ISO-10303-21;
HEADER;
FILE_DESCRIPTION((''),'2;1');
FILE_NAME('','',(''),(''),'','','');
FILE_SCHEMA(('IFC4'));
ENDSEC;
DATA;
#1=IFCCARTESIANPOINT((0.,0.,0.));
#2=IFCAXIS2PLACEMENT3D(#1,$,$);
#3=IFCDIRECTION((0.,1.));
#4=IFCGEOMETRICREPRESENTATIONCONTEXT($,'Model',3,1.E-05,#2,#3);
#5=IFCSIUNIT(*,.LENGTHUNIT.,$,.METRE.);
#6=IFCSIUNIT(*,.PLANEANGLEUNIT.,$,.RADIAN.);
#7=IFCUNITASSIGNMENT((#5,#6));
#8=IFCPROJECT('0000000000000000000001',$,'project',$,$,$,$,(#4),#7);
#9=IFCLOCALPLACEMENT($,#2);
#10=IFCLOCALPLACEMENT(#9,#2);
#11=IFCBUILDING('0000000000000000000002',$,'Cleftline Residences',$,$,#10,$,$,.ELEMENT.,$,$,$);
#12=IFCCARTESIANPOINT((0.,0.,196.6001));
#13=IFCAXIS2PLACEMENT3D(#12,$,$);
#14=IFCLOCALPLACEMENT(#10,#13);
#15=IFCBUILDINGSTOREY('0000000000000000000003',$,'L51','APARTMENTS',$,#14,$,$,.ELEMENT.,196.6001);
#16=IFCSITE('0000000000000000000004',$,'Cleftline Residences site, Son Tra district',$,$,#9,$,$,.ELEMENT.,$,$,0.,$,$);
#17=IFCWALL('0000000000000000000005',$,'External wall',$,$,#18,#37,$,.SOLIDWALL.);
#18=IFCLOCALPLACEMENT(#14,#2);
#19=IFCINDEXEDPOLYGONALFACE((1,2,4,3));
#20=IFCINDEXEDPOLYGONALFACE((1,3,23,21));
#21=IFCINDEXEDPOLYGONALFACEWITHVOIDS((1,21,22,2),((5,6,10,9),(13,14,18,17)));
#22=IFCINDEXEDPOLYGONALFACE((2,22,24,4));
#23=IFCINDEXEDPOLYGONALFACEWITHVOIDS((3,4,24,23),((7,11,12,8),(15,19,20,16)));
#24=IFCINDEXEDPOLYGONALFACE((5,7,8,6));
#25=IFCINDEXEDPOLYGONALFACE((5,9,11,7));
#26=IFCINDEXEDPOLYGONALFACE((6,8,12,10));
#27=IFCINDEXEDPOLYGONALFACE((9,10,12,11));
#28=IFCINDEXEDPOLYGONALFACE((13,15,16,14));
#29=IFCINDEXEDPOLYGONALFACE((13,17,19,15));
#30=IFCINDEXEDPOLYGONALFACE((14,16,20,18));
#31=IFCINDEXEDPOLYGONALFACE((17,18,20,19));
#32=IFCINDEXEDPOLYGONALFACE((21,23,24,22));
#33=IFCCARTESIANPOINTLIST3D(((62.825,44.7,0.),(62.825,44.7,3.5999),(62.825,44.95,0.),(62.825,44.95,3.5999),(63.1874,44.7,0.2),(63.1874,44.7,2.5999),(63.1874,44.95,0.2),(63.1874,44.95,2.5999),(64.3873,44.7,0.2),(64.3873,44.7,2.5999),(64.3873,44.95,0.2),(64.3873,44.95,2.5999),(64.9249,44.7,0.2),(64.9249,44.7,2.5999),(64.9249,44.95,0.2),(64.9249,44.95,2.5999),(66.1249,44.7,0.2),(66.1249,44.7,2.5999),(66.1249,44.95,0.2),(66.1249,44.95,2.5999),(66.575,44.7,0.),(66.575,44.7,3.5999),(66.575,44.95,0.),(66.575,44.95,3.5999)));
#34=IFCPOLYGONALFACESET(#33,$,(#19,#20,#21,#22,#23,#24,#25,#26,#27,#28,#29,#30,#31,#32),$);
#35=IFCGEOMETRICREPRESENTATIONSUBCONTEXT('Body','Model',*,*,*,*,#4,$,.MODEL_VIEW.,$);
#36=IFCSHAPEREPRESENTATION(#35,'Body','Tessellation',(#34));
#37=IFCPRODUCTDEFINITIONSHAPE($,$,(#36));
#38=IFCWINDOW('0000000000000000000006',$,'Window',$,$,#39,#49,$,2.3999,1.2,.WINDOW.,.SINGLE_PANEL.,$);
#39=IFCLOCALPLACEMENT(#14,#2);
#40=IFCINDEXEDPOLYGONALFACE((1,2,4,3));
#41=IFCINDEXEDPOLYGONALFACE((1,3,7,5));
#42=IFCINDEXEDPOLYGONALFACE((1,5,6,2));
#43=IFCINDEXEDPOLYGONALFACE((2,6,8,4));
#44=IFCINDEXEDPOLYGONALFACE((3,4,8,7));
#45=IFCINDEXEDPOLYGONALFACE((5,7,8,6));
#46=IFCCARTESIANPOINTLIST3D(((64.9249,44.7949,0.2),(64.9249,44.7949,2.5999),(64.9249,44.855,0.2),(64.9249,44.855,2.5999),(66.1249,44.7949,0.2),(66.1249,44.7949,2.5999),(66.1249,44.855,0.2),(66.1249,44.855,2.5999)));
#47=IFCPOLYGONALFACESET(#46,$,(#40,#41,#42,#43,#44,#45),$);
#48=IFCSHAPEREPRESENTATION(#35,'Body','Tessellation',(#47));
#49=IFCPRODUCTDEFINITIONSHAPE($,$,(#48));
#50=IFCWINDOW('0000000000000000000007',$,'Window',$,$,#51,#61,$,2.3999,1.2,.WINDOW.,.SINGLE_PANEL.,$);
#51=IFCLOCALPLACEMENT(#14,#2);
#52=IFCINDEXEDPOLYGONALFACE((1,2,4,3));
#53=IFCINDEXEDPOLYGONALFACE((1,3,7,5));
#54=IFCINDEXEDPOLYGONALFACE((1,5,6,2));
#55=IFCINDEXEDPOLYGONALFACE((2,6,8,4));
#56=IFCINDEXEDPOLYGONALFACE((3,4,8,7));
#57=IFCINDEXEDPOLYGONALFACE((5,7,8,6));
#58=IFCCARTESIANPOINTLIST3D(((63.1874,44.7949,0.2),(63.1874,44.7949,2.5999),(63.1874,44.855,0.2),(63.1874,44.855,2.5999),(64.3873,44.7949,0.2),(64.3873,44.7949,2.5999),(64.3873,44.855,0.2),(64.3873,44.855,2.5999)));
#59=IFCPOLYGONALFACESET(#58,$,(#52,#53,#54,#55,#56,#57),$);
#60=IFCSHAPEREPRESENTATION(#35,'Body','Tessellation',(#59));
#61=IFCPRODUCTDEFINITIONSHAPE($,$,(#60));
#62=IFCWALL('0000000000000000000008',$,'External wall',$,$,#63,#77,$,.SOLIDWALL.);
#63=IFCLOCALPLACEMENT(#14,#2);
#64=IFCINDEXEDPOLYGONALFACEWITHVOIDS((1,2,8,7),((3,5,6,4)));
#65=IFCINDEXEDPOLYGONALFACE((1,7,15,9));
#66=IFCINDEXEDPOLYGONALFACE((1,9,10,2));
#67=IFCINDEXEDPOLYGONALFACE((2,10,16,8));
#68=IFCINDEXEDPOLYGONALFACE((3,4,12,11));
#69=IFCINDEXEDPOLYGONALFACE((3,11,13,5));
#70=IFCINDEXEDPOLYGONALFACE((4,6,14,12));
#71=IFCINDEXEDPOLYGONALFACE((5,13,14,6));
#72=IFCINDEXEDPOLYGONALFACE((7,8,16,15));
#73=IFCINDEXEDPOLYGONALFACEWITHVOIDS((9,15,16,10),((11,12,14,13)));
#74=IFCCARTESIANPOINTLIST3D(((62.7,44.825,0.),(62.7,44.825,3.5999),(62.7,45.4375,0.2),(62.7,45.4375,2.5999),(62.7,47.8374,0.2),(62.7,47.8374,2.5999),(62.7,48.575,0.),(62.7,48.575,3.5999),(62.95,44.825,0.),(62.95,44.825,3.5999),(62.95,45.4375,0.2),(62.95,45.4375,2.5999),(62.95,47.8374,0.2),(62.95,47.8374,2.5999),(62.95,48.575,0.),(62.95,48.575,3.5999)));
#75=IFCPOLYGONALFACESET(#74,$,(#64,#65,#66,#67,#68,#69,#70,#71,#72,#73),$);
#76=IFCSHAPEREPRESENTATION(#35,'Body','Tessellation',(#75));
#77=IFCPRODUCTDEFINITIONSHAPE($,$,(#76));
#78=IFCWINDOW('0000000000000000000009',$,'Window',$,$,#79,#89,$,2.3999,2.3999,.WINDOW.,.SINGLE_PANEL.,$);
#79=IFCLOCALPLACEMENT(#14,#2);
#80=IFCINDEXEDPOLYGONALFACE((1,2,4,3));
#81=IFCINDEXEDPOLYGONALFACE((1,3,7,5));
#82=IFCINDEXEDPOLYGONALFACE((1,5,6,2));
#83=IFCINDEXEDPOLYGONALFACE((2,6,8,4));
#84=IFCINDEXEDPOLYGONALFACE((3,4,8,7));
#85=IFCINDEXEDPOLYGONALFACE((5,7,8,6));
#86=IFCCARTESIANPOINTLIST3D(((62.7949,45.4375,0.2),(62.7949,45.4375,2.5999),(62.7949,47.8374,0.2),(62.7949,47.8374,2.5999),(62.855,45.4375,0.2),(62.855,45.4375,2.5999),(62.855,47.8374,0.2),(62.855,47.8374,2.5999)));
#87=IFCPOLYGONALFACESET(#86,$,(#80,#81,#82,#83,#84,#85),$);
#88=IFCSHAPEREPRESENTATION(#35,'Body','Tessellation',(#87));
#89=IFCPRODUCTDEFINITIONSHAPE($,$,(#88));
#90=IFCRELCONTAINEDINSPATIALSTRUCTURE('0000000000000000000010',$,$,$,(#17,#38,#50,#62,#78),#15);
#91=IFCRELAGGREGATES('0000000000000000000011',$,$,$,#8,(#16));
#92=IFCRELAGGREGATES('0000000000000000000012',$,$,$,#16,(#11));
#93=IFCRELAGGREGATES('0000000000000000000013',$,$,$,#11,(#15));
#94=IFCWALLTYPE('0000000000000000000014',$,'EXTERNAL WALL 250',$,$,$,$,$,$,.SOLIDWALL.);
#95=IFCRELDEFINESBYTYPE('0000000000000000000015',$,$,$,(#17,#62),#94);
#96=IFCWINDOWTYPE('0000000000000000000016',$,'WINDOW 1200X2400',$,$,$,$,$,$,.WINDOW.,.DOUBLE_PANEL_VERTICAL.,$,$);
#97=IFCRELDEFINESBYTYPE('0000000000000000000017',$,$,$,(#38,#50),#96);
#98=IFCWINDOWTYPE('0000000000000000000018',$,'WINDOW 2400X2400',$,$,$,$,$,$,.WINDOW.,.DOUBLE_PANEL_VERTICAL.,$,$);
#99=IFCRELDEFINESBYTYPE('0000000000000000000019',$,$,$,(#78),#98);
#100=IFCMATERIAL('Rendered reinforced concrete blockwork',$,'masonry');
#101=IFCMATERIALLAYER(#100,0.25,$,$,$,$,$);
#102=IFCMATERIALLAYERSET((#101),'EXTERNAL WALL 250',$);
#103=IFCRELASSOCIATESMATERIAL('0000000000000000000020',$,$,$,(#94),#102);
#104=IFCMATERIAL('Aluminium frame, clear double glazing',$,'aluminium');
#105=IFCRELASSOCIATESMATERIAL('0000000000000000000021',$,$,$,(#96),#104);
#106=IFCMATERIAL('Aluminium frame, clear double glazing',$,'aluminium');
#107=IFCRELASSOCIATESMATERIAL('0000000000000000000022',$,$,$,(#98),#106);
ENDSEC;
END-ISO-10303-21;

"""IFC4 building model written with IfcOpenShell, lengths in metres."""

from ifc_helpers import new_model, si_unit, direction, frame, frame_2d, origin, place, context, subcontext, project, spatial, rectangle, extrude, material, layer, layer_set, type_object, element, fill, save


model = new_model("IFC4")

# Units and contexts
model_context = context("Model", 3, precision=1e-05, world=origin(), true_north=direction((0.0, 1.0)))
body_context = subcontext(model_context, "Body", "Model", "MODEL_VIEW")
ifc_project = project(units=[si_unit("LENGTHUNIT", "METRE"), si_unit("PLANEANGLEUNIT", "RADIAN")], contexts=[model_context])

# Site, building, storey
site_placement = place(None, origin())
site = spatial("IfcSite", under=ifc_project, at=site_placement, Name="Cleftline Residences site, Son Tra district", CompositionType="ELEMENT", RefElevation=0.0)
building_placement = place(site_placement, origin())
building = spatial("IfcBuilding", under=site, at=building_placement, Name="Cleftline Residences", CompositionType="ELEMENT")
storey_placement = place(building_placement, frame((0.0, 0.0, 196.6001)))
storey = spatial("IfcBuildingStorey", under=building, at=storey_placement, Name="L51", Description="APARTMENTS", CompositionType="ELEMENT", Elevation=196.6001)

# Wall, openings, windows
ifc_material_1 = material(Name="Rendered reinforced concrete blockwork", Category="masonry")
ifc_layer_1 = layer(ifc_material_1, 0.25)
ifc_layer_set_1 = layer_set([ifc_layer_1], Name="EXTERNAL WALL 250")
wall_type_1 = type_object("IfcWallType", Name="EXTERNAL WALL 250", PredefinedType="SOLIDWALL", material=ifc_layer_set_1)
wall_1_placement = place(storey_placement, frame((66.575, 44.825, 0.0), z_axis=(0.0, 0.0, 1.0), x_axis=(-1.0, 0.0, 0.0)))
wall_1 = element("IfcWall", 1, at=wall_1_placement, inside=storey, type_object=wall_type_1, Name="External wall", PredefinedType="SOLIDWALL", context=body_context, shape_type="SweptSolid", body=[
    extrude(rectangle(XDim=3.75, YDim=0.25, at=frame_2d((1.875, 0.0))), origin(), (0.0, 0.0, 1.0), 3.5999),
])
opening_1_placement = place(wall_1_placement, frame((0.45, 0.0, 0.2)))
opening_1 = element("IfcOpeningElement", 2, at=opening_1_placement, cuts=wall_1, PredefinedType="OPENING", context=body_context, shape_type="SweptSolid", body=[
    extrude(rectangle(XDim=1.2, YDim=2.3999, at=frame_2d((0.6001, 1.2))), frame((0.0, 0.135, 0.0), z_axis=(0.0, -1.0, 0.0), x_axis=(1.0, 0.0, 0.0)), (0.0, 0.0, 1.0), 0.27),
])
opening_2_placement = place(wall_1_placement, frame((2.1875, 0.0, 0.2)))
opening_2 = element("IfcOpeningElement", 3, at=opening_2_placement, cuts=wall_1, PredefinedType="OPENING", context=body_context, shape_type="SweptSolid", body=[
    extrude(rectangle(XDim=1.2, YDim=2.3999, at=frame_2d((0.6001, 1.2))), frame((0.0, 0.135, 0.0), z_axis=(0.0, -1.0, 0.0), x_axis=(1.0, 0.0, 0.0)), (0.0, 0.0, 1.0), 0.27),
])
ifc_material_2 = material(Name="Aluminium frame, clear double glazing", Category="aluminium")
window_type_1 = type_object("IfcWindowType", Name="WINDOW 1200X2400", PartitioningType="DOUBLE_PANEL_VERTICAL", PredefinedType="WINDOW", material=ifc_material_2)
window_1_placement = place(opening_1_placement, origin())
window_1 = element("IfcWindow", 4, at=window_1_placement, inside=storey, type_object=window_type_1, Name="Window", OverallHeight=2.3999, OverallWidth=1.2, PartitioningType="SINGLE_PANEL", PredefinedType="WINDOW", context=body_context, shape_type="SweptSolid", body=[
    extrude(rectangle(XDim=1.2, YDim=2.3999, at=frame_2d((0.6001, 1.2))), frame((0.0, 0.03, 0.0), z_axis=(0.0, -1.0, 0.0), x_axis=(1.0, 0.0, 0.0)), (0.0, 0.0, 1.0), 0.0601),
])
fill(opening_1, window_1)
window_2_placement = place(opening_2_placement, origin())
window_2 = element("IfcWindow", 5, at=window_2_placement, inside=storey, type_object=window_type_1, Name="Window", OverallHeight=2.3999, OverallWidth=1.2, PartitioningType="SINGLE_PANEL", PredefinedType="WINDOW", context=body_context, shape_type="SweptSolid", body=[
    extrude(rectangle(XDim=1.2, YDim=2.3999, at=frame_2d((0.6001, 1.2))), frame((0.0, 0.03, 0.0), z_axis=(0.0, -1.0, 0.0), x_axis=(1.0, 0.0, 0.0)), (0.0, 0.0, 1.0), 0.0601),
])
fill(opening_2, window_2)

# Wall, opening, window
wall_2_placement = place(storey_placement, frame((62.825, 44.825, 0.0), z_axis=(0.0, 0.0, 1.0), x_axis=(0.0, 1.0, 0.0)))
wall_2 = element("IfcWall", 6, at=wall_2_placement, inside=storey, type_object=wall_type_1, Name="External wall", PredefinedType="SOLIDWALL", context=body_context, shape_type="SweptSolid", body=[
    extrude(rectangle(XDim=3.75, YDim=0.25, at=frame_2d((1.875, 0.0))), origin(), (0.0, 0.0, 1.0), 3.5999),
])
opening_3_placement = place(wall_2_placement, frame((0.6125, 0.0, 0.2)))
opening_3 = element("IfcOpeningElement", 7, at=opening_3_placement, cuts=wall_2, PredefinedType="OPENING", context=body_context, shape_type="SweptSolid", body=[
    extrude(rectangle(XDim=2.3999, YDim=2.3999, at=frame_2d((1.2, 1.2))), frame((0.0, 0.135, 0.0), z_axis=(0.0, -1.0, 0.0), x_axis=(1.0, 0.0, 0.0)), (0.0, 0.0, 1.0), 0.27),
])
ifc_material_3 = material(Name="Aluminium frame, clear double glazing", Category="aluminium")
window_type_2 = type_object("IfcWindowType", Name="WINDOW 2400X2400", PartitioningType="DOUBLE_PANEL_VERTICAL", PredefinedType="WINDOW", material=ifc_material_3)
window_3_placement = place(opening_3_placement, origin())
window_3 = element("IfcWindow", 8, at=window_3_placement, inside=storey, type_object=window_type_2, Name="Window", OverallHeight=2.3999, OverallWidth=2.3999, PartitioningType="SINGLE_PANEL", PredefinedType="WINDOW", context=body_context, shape_type="SweptSolid", body=[
    extrude(rectangle(XDim=2.3999, YDim=2.3999, at=frame_2d((1.2, 1.2))), frame((0.0, 0.03, 0.0), z_axis=(0.0, -1.0, 0.0), x_axis=(1.0, 0.0, 0.0)), (0.0, 0.0, 1.0), 0.0601),
])
fill(opening_3, window_3)

save(model, "model.ifc")
